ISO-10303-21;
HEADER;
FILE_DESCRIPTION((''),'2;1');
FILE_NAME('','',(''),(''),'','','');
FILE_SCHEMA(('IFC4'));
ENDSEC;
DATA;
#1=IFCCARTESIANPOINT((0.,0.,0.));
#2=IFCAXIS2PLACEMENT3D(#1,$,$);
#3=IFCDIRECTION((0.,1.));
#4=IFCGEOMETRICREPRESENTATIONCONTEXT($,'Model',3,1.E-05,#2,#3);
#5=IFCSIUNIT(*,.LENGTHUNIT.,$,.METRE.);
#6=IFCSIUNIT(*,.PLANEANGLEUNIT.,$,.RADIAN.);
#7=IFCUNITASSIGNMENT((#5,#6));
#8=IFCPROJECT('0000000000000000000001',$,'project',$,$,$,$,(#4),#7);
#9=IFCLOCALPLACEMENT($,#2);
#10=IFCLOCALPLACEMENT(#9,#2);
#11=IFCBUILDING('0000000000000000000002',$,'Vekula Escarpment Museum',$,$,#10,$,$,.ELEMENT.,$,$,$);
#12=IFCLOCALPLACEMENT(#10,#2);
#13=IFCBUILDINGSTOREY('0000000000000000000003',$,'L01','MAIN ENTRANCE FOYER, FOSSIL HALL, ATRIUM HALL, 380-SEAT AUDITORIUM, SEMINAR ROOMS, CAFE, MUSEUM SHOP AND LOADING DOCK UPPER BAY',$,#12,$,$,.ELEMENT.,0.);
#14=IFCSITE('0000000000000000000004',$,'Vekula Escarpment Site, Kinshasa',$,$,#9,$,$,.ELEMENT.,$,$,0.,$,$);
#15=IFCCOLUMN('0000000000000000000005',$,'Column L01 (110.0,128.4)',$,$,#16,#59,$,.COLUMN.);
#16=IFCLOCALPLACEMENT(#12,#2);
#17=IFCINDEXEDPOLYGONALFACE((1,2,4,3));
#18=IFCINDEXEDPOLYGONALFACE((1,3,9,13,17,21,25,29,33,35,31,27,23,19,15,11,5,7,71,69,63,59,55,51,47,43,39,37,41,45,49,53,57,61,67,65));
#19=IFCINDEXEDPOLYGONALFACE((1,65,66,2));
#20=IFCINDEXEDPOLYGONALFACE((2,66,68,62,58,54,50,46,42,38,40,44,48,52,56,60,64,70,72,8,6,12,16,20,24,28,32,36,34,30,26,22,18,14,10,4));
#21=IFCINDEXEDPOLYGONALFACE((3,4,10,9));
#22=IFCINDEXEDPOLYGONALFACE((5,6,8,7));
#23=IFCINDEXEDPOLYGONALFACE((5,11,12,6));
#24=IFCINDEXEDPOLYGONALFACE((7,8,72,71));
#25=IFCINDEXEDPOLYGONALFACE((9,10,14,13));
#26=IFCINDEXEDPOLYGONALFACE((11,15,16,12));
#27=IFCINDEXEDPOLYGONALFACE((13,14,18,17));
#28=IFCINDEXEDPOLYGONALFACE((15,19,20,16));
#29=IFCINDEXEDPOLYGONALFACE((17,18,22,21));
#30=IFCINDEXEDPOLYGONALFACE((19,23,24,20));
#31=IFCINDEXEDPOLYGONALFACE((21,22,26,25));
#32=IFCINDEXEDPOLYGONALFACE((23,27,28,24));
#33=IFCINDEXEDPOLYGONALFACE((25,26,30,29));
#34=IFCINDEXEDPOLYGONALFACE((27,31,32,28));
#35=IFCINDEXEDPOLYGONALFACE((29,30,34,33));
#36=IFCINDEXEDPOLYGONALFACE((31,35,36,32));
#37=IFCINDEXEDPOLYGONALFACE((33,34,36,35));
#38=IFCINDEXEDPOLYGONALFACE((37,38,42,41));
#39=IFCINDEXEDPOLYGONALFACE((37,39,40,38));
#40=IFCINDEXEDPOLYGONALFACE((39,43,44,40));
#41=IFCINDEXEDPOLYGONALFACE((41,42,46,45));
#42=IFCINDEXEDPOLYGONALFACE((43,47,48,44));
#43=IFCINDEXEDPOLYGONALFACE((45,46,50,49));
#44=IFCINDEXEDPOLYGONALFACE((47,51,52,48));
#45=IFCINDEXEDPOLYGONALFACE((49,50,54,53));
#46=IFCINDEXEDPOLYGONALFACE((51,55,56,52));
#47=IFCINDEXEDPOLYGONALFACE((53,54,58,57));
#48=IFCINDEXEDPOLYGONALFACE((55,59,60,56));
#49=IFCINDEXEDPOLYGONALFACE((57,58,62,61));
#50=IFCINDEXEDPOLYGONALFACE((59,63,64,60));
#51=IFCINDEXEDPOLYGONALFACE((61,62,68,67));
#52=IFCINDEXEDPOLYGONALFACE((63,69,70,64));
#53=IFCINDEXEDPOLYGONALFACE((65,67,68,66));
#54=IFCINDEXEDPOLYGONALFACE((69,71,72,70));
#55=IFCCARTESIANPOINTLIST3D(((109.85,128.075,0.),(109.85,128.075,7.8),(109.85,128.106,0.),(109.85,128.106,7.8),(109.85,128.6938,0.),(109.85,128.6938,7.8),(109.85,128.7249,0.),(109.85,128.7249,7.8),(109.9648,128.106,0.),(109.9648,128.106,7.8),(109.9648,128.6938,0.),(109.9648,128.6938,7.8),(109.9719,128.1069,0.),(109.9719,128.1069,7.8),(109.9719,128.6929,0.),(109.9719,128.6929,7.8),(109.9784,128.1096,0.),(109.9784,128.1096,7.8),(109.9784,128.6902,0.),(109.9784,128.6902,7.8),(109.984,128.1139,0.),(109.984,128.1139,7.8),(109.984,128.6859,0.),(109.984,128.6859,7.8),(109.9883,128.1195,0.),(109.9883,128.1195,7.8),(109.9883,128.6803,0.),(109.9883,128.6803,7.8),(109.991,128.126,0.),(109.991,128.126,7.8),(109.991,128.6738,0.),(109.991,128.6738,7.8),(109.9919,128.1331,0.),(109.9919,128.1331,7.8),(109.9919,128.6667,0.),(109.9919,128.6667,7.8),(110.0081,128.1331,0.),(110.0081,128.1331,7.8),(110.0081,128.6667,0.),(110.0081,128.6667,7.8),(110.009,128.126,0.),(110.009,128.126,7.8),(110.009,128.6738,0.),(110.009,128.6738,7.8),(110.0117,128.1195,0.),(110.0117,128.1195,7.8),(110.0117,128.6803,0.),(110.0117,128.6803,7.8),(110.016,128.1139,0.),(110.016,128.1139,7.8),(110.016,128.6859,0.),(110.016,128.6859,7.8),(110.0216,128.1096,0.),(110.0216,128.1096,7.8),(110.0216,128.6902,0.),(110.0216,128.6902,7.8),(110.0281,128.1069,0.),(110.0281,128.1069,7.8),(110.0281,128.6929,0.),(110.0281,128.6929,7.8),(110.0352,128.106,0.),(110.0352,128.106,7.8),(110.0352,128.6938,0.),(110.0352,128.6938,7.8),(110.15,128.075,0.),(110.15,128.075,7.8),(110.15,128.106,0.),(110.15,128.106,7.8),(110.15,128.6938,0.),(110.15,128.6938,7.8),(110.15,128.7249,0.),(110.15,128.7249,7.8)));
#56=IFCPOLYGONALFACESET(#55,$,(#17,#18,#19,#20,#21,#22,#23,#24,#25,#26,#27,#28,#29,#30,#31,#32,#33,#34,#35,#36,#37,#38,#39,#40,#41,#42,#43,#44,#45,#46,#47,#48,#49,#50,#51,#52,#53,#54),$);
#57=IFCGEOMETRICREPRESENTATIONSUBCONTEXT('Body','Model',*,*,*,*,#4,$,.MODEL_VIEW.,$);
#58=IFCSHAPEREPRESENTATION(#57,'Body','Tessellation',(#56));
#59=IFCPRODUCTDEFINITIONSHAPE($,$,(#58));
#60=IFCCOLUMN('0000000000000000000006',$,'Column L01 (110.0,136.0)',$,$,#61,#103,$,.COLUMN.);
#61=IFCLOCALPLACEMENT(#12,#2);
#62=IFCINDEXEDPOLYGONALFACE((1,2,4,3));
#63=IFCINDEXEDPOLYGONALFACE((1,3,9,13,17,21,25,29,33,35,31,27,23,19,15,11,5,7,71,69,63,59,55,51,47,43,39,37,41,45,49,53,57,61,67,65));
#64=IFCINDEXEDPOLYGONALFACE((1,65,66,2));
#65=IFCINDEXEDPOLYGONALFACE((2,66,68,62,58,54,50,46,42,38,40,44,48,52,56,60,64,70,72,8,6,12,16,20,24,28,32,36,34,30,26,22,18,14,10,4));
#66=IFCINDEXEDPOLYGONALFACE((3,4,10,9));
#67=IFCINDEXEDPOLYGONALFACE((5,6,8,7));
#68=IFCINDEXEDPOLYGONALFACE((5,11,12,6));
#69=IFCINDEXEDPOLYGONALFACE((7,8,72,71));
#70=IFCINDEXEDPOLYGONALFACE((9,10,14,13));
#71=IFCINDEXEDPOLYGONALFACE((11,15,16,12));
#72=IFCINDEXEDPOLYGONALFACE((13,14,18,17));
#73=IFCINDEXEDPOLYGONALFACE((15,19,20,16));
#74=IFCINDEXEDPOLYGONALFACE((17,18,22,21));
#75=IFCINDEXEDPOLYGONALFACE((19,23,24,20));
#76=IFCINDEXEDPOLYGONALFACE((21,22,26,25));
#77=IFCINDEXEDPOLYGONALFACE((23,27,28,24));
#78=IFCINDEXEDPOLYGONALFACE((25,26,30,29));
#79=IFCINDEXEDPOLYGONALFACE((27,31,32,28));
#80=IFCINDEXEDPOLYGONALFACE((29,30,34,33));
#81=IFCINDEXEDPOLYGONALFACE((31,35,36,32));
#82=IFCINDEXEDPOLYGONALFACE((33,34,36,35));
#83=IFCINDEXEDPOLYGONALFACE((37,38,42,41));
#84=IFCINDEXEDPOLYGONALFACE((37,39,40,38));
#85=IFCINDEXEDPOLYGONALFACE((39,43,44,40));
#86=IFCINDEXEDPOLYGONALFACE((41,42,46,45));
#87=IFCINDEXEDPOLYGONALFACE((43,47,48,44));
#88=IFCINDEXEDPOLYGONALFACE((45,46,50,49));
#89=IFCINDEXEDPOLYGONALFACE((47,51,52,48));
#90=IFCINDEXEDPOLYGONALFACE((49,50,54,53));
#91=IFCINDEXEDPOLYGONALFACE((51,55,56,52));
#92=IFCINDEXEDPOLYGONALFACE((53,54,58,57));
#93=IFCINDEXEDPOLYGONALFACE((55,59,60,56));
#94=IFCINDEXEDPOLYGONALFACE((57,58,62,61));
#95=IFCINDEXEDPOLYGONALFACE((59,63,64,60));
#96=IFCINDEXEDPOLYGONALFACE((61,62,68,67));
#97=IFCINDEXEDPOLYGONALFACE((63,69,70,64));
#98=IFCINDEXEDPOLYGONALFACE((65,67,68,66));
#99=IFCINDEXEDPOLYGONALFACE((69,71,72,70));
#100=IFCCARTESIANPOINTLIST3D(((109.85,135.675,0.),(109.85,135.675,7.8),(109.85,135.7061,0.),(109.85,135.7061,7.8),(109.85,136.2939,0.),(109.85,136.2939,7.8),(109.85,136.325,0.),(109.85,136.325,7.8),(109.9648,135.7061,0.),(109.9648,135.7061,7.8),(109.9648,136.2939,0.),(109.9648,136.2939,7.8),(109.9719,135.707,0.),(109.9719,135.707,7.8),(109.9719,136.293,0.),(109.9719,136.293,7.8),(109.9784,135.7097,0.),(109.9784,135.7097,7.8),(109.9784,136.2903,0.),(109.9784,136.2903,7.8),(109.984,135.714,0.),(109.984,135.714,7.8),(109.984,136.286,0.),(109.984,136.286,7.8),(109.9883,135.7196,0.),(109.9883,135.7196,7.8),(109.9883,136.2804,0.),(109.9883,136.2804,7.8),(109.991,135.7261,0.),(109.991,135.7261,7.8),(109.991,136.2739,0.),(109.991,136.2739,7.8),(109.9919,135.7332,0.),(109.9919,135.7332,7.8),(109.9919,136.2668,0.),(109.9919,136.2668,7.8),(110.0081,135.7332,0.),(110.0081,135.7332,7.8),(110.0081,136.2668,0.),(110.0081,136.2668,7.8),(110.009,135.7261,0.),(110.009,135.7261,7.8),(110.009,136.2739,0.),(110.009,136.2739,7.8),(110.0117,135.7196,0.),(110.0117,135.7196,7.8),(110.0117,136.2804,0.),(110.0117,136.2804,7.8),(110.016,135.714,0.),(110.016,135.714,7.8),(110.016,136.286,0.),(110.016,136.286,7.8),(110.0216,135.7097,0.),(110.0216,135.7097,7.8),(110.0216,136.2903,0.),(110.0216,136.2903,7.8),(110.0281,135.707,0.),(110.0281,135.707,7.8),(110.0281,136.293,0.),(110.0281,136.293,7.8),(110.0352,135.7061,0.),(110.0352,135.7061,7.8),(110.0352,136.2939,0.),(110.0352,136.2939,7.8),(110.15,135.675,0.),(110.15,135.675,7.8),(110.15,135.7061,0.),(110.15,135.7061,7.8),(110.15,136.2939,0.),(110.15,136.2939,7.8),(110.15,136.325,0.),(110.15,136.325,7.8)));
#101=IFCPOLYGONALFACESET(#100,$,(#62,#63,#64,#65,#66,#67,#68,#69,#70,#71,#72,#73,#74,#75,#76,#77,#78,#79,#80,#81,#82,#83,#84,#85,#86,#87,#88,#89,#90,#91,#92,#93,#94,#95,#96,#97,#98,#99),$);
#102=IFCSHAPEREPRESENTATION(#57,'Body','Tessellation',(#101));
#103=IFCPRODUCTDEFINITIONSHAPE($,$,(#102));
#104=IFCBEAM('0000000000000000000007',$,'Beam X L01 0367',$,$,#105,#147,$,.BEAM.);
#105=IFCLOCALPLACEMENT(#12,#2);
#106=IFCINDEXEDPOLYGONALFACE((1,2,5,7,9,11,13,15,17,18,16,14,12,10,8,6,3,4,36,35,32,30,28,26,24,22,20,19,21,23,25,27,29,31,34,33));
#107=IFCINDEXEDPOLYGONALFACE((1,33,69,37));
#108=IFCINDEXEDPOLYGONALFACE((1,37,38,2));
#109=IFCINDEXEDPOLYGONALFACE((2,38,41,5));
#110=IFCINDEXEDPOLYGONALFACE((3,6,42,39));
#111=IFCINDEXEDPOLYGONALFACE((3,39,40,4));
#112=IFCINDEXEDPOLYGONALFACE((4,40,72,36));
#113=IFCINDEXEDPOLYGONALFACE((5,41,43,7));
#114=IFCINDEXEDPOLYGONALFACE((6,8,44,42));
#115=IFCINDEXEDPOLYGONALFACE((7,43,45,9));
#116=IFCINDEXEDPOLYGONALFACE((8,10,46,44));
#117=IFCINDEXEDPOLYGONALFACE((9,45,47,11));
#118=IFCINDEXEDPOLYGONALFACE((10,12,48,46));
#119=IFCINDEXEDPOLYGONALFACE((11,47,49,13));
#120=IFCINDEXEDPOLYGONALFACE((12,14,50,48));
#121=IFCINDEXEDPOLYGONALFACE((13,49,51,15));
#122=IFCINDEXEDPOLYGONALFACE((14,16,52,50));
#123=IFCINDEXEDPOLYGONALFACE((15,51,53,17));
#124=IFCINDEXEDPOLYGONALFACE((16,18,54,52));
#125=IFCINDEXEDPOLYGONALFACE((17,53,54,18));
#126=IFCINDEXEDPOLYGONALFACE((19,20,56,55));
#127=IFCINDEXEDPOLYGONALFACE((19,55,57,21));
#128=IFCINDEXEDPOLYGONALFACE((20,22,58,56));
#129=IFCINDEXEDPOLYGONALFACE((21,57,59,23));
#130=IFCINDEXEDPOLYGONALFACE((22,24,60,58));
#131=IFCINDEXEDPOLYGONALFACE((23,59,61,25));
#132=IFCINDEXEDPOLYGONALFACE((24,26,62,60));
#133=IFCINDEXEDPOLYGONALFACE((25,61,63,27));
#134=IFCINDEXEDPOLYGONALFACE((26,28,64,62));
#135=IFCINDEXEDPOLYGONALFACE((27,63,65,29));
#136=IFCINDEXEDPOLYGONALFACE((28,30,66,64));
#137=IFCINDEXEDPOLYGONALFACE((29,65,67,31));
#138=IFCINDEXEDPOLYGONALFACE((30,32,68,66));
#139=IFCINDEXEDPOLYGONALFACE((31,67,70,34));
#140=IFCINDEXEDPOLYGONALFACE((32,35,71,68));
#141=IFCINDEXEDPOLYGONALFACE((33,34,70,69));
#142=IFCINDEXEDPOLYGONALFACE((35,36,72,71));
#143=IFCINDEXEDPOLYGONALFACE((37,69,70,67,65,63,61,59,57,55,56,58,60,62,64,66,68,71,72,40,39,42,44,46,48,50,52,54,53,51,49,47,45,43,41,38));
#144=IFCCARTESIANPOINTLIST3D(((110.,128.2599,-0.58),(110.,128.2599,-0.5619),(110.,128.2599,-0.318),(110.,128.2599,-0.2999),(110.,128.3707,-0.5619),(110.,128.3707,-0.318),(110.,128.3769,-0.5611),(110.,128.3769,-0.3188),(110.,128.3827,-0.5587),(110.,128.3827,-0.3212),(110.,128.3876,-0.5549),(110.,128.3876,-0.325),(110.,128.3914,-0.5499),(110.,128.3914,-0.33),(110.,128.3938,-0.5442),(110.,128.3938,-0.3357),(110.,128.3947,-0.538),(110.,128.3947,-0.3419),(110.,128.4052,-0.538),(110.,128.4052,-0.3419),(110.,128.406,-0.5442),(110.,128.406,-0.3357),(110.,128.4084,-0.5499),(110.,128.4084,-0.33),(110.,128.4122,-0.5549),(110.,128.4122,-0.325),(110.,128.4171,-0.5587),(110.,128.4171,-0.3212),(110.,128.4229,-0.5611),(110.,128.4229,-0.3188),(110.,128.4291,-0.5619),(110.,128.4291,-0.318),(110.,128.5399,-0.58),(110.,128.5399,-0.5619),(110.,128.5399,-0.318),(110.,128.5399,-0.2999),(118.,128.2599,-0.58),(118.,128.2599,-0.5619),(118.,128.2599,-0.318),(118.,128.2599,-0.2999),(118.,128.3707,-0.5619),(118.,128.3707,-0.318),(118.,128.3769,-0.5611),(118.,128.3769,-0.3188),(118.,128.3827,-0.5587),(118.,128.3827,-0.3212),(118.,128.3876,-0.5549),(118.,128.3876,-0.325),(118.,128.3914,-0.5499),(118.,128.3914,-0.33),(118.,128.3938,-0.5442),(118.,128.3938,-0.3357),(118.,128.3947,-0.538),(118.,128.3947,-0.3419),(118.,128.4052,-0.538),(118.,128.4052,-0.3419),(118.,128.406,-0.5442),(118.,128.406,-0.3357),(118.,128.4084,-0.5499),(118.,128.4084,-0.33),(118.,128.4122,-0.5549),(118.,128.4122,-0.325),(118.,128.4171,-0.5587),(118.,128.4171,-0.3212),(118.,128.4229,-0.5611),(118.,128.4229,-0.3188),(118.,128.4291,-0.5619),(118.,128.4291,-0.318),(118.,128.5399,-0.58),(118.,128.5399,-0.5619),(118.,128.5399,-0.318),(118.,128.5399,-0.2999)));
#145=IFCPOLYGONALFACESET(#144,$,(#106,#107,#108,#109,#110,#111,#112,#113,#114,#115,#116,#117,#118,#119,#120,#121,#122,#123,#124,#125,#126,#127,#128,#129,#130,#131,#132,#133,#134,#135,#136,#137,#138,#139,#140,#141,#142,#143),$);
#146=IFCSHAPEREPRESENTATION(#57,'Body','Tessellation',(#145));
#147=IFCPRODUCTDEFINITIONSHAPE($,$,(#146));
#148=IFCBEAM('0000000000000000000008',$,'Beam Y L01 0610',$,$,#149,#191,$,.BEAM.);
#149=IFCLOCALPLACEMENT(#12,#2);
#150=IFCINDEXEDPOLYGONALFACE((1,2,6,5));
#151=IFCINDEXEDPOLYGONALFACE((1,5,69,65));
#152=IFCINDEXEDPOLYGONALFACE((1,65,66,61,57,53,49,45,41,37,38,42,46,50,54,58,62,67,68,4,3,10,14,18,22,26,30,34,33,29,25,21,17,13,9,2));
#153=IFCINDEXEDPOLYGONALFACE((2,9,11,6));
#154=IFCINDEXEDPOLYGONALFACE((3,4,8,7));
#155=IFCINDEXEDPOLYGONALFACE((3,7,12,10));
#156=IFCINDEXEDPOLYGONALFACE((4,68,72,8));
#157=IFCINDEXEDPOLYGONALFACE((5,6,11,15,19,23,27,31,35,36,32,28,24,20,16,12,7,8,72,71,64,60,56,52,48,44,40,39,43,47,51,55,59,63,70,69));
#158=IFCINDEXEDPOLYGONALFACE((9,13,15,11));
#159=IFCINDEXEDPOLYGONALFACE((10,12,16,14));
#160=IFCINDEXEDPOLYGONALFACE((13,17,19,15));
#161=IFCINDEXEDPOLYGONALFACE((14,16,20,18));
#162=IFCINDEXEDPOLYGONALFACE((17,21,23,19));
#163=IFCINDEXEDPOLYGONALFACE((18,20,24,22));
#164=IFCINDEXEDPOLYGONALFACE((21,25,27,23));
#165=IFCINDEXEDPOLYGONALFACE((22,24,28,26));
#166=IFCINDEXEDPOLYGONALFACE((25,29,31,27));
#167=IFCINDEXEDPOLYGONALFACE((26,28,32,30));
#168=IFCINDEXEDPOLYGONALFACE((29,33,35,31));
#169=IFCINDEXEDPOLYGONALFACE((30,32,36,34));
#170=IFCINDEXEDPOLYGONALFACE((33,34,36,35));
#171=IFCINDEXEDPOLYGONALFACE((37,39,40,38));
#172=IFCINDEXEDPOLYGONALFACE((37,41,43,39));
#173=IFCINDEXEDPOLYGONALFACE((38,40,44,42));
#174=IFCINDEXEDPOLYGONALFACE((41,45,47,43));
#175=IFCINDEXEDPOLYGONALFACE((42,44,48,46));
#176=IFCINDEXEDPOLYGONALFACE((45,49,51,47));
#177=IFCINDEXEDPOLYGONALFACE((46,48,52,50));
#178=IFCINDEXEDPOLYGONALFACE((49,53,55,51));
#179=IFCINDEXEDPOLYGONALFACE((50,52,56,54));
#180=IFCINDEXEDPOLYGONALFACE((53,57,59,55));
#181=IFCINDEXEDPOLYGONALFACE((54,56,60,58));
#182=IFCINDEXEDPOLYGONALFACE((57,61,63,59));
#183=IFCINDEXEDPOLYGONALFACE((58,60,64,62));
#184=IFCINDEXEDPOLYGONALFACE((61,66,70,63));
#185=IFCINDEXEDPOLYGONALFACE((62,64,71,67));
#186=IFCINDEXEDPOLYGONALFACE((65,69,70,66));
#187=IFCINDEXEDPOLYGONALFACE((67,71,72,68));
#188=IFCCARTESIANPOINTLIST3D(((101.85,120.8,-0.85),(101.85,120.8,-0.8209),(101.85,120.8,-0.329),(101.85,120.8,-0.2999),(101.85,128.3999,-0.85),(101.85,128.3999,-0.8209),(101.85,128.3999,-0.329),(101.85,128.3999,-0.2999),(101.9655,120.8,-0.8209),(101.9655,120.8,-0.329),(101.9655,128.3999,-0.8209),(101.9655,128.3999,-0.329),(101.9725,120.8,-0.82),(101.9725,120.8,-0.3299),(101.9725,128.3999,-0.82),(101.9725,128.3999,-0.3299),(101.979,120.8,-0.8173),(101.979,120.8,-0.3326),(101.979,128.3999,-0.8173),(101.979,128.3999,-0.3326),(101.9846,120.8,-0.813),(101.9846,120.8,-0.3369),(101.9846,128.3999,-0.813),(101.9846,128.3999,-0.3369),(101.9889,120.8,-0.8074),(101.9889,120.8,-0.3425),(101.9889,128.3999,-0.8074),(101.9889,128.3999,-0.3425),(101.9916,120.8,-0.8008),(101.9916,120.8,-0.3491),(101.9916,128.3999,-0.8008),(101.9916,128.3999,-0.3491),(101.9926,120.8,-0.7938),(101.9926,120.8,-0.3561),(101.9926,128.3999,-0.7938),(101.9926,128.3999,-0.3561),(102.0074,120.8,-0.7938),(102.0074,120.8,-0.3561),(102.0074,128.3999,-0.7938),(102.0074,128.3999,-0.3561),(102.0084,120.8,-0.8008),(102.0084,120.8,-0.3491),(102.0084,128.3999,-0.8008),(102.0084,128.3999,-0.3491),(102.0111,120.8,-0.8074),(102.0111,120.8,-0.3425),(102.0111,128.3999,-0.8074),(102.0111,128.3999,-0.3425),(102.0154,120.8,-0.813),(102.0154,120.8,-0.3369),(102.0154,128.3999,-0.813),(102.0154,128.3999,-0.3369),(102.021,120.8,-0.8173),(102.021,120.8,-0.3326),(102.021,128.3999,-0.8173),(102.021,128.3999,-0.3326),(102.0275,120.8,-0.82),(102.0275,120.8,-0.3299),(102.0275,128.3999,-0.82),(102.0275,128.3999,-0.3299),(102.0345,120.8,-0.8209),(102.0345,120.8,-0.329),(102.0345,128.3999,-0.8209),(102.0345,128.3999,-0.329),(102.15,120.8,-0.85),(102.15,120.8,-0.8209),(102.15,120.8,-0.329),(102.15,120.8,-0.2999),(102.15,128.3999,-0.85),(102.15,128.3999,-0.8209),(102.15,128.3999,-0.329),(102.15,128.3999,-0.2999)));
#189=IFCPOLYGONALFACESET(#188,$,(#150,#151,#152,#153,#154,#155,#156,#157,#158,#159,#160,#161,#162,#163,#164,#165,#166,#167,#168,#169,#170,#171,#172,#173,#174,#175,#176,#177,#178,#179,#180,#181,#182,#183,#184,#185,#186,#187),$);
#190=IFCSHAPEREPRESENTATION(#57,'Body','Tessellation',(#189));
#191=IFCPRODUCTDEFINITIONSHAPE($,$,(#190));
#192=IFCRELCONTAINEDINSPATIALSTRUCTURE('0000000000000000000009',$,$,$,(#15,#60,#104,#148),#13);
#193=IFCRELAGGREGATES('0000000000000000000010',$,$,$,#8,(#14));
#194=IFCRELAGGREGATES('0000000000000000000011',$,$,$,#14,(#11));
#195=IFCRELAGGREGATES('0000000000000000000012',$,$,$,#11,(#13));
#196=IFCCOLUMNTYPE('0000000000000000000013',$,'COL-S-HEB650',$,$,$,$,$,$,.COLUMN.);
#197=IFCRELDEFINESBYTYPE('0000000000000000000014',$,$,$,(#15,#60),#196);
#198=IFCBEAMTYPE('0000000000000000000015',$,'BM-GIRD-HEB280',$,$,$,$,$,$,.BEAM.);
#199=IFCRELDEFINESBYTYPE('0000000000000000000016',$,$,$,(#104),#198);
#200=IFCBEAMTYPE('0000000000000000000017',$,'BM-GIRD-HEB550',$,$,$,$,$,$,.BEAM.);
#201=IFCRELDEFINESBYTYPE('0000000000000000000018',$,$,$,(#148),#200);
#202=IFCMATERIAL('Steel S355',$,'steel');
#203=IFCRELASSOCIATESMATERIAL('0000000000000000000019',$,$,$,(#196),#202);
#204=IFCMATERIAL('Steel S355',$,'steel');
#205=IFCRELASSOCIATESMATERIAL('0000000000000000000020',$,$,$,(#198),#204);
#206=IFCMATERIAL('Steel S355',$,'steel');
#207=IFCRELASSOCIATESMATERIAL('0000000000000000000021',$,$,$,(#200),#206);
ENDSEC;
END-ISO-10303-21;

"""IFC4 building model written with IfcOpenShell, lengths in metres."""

from ifc_helpers import new_model, si_unit, direction, frame, origin, origin_2d, place, context, subcontext, project, spatial, i_section, extrude, material, material_profile, profile_set, type_object, element, save


model = new_model("IFC4")

# Units and contexts
model_context = context("Model", 3, precision=1e-05, world=origin(), true_north=direction((0.0, 1.0)))
body_context = subcontext(model_context, "Body", "Model", "MODEL_VIEW")
ifc_project = project(units=[si_unit("LENGTHUNIT", "METRE"), si_unit("PLANEANGLEUNIT", "RADIAN")], contexts=[model_context])

# Site, building, storey
site_placement = place(None, origin())
site = spatial("IfcSite", under=ifc_project, at=site_placement, Name="Vekula Escarpment Site, Kinshasa", CompositionType="ELEMENT", RefElevation=0.0)
building_placement = place(site_placement, origin())
building = spatial("IfcBuilding", under=site, at=building_placement, Name="Vekula Escarpment Museum", CompositionType="ELEMENT")
storey_placement = place(building_placement, origin())
storey = spatial("IfcBuildingStorey", under=building, at=storey_placement, Name="L01", Description="MAIN ENTRANCE FOYER, FOSSIL HALL, ATRIUM HALL, 380-SEAT AUDITORIUM, SEMINAR ROOMS, CAFE, MUSEUM SHOP AND LOADING DOCK UPPER BAY", CompositionType="ELEMENT", Elevation=0.0)

# Columns
ifc_material_1 = material(Name="Steel S355", Category="steel")
ifc_material_profile_1 = material_profile(ifc_material_1, i_section(OverallWidth=0.3, OverallDepth=0.6499, WebThickness=0.0161, FlangeThickness=0.031, FilletRadius=0.0271, at=origin_2d()), Name="HEB 650")
ifc_profile_set_1 = profile_set([ifc_material_profile_1], Name="Steel S355")
column_type = type_object("IfcColumnType", Name="COL-S-HEB650", PredefinedType="COLUMN", material=ifc_profile_set_1)
for number, where, z_axis, x_axis, name in (
    (1, (110.0, 128.3999, 0.0), (0.0, 0.0, 1.0), (1.0, 0.0, 0.0), "Column L01 (110.0,128.4)"),
    (2, (110.0, 136.0, 0.0), (0.0, 0.0, 1.0), (1.0, 0.0, 0.0), "Column L01 (110.0,136.0)"),
):
    element("IfcColumn", number, at=place(storey_placement, frame(where, z_axis=z_axis, x_axis=x_axis)), inside=storey, type_object=column_type, Name=name, PredefinedType="COLUMN", context=body_context, shape_type="SweptSolid", body=[
        extrude(i_section(OverallWidth=0.3, OverallDepth=0.6499, WebThickness=0.0161, FlangeThickness=0.031, FilletRadius=0.0271, at=origin_2d()), origin(), (0.0, 0.0, 1.0), 7.8),
    ])

# Beams
ifc_material_2 = material(Name="Steel S355", Category="steel")
ifc_material_profile_2 = material_profile(ifc_material_2, i_section(OverallWidth=0.28, OverallDepth=0.28, WebThickness=0.0105, FlangeThickness=0.0181, FilletRadius=0.0239, at=origin_2d()), Name="HEB 280")
ifc_profile_set_2 = profile_set([ifc_material_profile_2], Name="Steel S355")
beam_type_1 = type_object("IfcBeamType", Name="BM-GIRD-HEB280", PredefinedType="BEAM", material=ifc_profile_set_2)
beam_1_placement = place(storey_placement, frame((110.0, 128.3999, -0.4399), z_axis=(1.0, 0.0, 0.0), x_axis=(0.0, 1.0, 0.0)))
element("IfcBeam", 3, at=beam_1_placement, inside=storey, type_object=beam_type_1, Name="Beam X L01 0367", PredefinedType="BEAM", context=body_context, shape_type="SweptSolid", body=[
    extrude(i_section(OverallWidth=0.28, OverallDepth=0.28, WebThickness=0.0105, FlangeThickness=0.0181, FilletRadius=0.0239, at=origin_2d()), origin(), (0.0, 0.0, 1.0), 8.0),
])
ifc_material_3 = material(Name="Steel S355", Category="steel")
ifc_material_profile_3 = material_profile(ifc_material_3, i_section(OverallWidth=0.3, OverallDepth=0.55, WebThickness=0.0149, FlangeThickness=0.0291, FilletRadius=0.0271, at=origin_2d()), Name="HEB 550")
ifc_profile_set_3 = profile_set([ifc_material_profile_3], Name="Steel S355")
beam_type_2 = type_object("IfcBeamType", Name="BM-GIRD-HEB550", PredefinedType="BEAM", material=ifc_profile_set_3)
beam_2_placement = place(storey_placement, frame((102.0, 120.8, -0.575), z_axis=(0.0, 1.0, 0.0), x_axis=(-1.0, 0.0, 0.0)))
element("IfcBeam", 4, at=beam_2_placement, inside=storey, type_object=beam_type_2, Name="Beam Y L01 0610", PredefinedType="BEAM", context=body_context, shape_type="SweptSolid", body=[
    extrude(i_section(OverallWidth=0.3, OverallDepth=0.55, WebThickness=0.0149, FlangeThickness=0.0291, FilletRadius=0.0271, at=origin_2d()), origin(), (0.0, 0.0, 1.0), 7.5999),
])

save(model, "model.ifc")
